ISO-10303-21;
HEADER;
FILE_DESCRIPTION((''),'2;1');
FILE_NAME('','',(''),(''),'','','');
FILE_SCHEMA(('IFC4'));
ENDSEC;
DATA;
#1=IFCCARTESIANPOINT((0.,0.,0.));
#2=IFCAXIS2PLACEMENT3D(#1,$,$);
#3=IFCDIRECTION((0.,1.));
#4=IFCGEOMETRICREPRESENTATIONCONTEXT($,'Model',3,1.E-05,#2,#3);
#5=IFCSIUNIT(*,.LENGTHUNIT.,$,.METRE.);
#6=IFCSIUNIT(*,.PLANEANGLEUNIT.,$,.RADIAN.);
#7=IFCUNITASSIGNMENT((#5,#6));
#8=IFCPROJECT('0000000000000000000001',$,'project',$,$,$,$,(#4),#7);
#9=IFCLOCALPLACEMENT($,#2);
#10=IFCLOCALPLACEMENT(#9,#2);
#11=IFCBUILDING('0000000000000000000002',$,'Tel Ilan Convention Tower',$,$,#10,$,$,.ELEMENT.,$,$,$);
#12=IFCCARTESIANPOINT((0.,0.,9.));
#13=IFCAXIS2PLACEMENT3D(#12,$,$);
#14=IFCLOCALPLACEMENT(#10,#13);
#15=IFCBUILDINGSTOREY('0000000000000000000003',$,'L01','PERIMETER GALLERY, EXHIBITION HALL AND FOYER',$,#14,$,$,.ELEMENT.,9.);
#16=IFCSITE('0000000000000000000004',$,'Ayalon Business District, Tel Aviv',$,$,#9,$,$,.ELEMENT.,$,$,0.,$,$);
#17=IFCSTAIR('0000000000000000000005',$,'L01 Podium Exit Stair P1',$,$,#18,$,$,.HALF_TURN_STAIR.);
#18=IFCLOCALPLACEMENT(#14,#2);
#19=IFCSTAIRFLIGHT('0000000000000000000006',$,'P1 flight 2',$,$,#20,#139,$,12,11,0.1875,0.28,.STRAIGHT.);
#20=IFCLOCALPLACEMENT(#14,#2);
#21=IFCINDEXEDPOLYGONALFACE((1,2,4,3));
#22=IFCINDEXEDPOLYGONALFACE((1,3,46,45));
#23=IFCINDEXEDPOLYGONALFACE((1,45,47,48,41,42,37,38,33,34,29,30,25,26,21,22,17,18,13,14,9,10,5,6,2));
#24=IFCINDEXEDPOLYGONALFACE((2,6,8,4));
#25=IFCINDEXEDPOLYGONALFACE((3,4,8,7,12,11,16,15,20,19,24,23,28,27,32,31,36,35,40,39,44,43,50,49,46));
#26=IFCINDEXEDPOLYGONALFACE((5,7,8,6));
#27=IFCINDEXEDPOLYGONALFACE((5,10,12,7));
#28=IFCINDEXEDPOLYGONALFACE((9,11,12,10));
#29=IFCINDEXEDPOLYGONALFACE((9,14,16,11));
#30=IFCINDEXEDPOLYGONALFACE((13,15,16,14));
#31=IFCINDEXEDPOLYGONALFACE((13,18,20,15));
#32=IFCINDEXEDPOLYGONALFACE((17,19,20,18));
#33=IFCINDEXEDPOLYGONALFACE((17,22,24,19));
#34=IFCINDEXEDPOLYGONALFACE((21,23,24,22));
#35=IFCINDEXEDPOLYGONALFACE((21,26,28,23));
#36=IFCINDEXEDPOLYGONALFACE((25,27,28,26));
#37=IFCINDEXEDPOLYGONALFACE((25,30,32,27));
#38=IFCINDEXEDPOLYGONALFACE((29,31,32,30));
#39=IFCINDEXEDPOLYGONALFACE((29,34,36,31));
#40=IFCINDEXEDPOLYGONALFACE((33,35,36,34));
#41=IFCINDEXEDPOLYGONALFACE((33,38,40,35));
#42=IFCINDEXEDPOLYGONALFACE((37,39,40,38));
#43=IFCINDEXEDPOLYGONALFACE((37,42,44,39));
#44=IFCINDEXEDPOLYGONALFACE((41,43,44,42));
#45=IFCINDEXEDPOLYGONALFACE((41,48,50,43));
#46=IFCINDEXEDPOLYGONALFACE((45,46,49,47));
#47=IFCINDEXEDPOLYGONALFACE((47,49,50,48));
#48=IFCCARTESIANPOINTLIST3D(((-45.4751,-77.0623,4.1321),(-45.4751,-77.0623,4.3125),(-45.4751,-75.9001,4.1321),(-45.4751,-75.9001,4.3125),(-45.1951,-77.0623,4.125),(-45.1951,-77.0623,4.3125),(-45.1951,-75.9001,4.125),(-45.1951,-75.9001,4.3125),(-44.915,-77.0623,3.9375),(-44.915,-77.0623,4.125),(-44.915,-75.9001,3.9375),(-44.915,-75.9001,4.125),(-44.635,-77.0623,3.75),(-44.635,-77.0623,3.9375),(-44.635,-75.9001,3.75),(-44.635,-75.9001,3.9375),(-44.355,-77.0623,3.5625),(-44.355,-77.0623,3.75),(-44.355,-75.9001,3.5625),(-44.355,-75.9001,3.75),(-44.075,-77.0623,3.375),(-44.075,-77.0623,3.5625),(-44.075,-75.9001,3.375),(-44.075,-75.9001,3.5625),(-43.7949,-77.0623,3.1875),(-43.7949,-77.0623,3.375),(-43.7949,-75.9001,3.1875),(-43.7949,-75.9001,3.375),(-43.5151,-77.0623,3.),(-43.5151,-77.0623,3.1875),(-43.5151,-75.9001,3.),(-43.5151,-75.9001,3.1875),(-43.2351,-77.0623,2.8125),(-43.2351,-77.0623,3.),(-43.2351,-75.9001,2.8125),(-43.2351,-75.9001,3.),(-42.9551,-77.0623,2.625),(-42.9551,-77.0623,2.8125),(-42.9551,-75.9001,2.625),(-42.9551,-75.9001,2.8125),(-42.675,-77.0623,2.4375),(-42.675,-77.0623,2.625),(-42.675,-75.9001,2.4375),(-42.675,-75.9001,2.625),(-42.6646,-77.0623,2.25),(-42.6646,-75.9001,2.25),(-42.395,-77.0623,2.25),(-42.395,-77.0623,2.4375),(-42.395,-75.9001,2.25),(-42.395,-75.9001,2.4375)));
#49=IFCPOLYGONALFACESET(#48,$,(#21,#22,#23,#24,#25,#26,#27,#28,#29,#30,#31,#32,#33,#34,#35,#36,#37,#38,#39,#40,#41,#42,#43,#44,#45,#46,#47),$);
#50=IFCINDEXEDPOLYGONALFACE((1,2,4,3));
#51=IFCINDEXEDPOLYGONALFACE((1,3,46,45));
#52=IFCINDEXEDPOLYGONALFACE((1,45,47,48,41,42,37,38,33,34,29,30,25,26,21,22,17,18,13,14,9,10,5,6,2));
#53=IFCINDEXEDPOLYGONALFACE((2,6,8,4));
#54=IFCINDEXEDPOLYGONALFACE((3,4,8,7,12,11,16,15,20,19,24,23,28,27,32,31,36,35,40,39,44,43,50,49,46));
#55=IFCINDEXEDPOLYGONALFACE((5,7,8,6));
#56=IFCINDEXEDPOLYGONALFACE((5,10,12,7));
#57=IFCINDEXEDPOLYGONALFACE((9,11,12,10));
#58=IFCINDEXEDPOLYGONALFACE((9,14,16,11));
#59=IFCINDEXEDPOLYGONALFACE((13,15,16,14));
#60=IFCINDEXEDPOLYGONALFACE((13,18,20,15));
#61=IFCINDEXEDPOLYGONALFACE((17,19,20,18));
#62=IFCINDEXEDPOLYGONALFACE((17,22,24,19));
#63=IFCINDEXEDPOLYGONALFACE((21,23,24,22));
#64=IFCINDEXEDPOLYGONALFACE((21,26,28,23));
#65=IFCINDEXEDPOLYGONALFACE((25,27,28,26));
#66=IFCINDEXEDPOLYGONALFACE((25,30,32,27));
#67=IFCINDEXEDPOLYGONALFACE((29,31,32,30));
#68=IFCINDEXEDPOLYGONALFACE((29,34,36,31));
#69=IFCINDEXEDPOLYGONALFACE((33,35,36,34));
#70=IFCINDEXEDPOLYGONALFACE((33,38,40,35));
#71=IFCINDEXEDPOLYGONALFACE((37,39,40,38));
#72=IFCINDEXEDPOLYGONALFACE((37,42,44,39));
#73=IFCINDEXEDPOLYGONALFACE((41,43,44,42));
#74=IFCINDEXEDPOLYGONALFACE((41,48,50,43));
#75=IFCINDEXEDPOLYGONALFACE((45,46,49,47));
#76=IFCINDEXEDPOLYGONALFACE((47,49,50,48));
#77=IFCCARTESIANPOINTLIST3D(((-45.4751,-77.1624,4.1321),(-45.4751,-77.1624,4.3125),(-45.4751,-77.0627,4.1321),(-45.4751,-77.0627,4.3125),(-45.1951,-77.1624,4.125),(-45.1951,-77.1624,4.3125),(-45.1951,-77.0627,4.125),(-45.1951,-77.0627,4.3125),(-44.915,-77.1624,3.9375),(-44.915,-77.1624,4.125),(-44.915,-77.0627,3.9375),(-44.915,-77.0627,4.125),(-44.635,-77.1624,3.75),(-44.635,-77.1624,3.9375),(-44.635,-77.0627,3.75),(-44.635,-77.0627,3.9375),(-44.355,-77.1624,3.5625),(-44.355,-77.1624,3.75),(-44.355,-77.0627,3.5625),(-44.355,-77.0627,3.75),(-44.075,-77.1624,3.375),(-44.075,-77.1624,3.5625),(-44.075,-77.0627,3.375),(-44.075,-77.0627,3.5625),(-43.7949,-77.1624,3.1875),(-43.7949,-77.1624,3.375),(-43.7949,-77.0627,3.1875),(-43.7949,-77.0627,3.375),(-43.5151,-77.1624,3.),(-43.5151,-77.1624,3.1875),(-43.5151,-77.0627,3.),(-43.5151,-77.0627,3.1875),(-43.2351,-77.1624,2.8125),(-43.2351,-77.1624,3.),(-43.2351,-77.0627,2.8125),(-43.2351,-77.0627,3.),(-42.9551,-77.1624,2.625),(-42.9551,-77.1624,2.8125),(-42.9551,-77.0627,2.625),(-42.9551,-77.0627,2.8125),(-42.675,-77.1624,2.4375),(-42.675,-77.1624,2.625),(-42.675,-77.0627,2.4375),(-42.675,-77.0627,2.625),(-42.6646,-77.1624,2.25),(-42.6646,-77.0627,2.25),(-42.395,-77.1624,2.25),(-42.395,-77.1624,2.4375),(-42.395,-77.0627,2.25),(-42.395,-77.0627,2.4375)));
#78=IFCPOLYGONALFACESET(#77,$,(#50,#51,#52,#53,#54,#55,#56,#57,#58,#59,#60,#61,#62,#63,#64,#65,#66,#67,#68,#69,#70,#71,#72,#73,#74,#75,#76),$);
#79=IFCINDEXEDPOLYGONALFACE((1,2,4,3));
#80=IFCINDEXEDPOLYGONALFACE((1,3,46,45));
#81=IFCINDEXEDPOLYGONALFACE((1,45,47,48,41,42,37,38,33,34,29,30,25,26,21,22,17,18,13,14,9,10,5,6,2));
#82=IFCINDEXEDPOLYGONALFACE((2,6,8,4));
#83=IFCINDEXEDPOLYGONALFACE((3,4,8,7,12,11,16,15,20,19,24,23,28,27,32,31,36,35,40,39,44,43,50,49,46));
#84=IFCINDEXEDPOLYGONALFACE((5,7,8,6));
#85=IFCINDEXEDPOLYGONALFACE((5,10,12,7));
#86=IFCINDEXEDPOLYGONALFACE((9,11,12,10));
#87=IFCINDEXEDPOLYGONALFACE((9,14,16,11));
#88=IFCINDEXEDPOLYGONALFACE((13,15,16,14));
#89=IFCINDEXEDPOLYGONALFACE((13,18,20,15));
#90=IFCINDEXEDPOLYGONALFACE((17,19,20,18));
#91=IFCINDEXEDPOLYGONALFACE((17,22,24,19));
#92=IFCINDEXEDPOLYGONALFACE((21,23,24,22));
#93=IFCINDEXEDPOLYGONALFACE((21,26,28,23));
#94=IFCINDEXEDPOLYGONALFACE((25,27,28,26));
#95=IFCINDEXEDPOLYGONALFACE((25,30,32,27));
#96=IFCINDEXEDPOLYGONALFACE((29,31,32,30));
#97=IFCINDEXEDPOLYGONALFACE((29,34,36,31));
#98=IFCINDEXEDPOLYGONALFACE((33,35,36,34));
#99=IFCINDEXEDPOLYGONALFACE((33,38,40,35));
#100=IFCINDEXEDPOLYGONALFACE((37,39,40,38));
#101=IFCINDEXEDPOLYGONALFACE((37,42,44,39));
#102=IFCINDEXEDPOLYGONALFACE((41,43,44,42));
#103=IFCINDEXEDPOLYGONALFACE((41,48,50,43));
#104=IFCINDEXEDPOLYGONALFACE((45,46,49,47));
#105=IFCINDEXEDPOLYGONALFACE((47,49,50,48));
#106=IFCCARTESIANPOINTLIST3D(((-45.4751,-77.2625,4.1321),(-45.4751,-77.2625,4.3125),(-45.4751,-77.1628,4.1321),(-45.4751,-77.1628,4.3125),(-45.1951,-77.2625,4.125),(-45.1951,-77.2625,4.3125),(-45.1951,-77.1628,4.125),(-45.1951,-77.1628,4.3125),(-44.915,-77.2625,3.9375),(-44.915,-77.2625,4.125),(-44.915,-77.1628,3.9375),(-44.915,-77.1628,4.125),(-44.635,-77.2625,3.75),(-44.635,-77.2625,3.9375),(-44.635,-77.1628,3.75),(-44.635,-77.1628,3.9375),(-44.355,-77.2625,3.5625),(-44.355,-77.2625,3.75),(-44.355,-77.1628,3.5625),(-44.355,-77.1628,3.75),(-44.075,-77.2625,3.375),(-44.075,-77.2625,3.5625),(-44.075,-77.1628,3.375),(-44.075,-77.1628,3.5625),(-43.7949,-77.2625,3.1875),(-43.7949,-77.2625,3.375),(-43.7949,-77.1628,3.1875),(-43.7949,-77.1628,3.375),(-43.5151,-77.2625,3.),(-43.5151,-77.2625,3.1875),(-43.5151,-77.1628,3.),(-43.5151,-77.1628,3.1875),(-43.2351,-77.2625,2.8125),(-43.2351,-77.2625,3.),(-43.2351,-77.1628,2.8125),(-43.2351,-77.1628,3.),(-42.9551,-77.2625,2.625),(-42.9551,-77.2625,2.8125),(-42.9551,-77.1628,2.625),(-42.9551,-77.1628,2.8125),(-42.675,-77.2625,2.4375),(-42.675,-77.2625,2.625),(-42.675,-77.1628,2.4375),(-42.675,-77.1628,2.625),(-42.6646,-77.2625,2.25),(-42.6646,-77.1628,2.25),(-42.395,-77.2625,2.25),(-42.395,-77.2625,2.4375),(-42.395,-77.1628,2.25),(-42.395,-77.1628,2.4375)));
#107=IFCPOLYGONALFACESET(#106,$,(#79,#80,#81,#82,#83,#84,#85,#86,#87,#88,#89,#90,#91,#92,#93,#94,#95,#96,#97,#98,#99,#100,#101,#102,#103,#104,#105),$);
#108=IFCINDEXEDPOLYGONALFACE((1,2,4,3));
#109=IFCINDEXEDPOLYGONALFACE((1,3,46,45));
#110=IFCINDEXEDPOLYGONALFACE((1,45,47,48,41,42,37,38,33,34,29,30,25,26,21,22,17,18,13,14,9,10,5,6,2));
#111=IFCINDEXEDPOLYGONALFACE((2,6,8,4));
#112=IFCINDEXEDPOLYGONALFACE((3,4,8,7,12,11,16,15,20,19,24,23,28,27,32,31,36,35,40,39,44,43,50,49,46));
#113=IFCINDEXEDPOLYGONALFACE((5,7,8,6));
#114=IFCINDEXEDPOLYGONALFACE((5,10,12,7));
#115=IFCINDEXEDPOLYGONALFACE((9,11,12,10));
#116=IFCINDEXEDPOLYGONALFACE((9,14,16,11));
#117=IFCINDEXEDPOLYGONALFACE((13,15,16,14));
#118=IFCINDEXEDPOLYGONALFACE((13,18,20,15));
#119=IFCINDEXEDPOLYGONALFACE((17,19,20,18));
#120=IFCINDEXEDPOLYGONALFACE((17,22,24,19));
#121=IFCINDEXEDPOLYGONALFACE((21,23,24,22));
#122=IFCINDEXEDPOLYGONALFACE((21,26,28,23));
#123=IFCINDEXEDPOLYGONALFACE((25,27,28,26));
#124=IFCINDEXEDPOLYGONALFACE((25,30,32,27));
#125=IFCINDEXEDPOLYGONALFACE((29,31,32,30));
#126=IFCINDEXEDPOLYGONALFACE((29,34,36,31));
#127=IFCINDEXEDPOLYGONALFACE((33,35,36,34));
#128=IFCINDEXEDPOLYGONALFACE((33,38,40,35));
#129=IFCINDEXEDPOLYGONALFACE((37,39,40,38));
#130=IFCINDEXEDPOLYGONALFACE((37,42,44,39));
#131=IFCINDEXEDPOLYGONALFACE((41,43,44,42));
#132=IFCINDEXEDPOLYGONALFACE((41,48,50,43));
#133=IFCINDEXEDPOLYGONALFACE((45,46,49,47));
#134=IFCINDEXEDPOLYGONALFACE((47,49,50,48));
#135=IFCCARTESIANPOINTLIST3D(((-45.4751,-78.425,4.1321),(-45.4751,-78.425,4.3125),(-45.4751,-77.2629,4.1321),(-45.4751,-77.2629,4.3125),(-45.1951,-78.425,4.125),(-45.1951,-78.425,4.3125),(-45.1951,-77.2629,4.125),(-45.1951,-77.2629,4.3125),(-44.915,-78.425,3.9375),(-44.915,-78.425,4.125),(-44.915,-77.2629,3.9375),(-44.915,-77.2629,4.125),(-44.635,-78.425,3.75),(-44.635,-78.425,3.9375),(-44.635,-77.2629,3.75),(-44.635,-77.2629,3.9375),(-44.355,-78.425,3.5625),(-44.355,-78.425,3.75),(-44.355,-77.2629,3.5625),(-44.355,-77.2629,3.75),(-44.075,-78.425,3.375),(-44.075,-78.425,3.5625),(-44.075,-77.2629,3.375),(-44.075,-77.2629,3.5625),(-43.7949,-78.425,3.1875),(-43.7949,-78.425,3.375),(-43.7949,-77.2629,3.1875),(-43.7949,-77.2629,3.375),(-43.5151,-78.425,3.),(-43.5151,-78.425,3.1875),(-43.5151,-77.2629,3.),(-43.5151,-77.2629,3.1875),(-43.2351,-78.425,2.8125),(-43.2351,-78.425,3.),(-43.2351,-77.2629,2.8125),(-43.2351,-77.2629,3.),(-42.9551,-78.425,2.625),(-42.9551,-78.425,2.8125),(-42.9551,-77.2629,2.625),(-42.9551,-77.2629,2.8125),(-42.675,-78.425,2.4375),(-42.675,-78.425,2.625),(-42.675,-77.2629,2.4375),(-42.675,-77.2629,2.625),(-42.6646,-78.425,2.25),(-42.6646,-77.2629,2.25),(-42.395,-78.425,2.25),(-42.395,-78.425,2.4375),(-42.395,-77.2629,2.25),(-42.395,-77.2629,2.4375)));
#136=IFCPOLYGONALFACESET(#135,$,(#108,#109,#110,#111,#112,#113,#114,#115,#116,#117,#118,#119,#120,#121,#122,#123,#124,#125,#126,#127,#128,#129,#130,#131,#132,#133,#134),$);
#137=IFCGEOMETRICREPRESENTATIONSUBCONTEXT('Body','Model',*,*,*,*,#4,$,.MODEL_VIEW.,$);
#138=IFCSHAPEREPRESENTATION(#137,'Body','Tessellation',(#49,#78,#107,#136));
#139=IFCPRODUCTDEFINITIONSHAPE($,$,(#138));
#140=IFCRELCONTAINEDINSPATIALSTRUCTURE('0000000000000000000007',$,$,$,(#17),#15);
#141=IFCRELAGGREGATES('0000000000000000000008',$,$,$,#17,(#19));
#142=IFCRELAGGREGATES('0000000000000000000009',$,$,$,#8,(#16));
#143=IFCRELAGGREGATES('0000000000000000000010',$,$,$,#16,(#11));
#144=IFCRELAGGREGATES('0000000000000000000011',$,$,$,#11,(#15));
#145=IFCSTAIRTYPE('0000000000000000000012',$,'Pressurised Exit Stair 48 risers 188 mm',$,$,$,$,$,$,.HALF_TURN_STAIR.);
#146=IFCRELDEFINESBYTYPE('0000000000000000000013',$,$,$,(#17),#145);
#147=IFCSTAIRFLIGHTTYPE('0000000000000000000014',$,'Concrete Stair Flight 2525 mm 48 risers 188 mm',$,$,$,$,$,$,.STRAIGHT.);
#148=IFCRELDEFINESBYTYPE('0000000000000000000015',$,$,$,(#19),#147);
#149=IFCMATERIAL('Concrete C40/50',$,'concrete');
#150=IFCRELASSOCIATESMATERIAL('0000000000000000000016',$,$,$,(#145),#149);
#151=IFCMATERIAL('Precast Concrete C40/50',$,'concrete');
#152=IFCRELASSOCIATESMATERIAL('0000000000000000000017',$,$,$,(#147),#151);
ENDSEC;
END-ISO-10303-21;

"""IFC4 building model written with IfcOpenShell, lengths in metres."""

from ifc_helpers import new_model, si_unit, direction, frame, origin, place, context, subcontext, project, spatial, polyline, outline, extrude, material, type_object, element, aggregate, save


model = new_model("IFC4")

# Units and contexts
model_context = context("Model", 3, precision=1e-05, world=origin(), true_north=direction((0.0, 1.0)))
body_context = subcontext(model_context, "Body", "Model", "MODEL_VIEW")
ifc_project = project(units=[si_unit("LENGTHUNIT", "METRE"), si_unit("PLANEANGLEUNIT", "RADIAN")], contexts=[model_context])

# Site, building, storey
site_placement = place(None, origin())
site = spatial("IfcSite", under=ifc_project, at=site_placement, Name="Ayalon Business District, Tel Aviv", CompositionType="ELEMENT", RefElevation=0.0)
building_placement = place(site_placement, origin())
building = spatial("IfcBuilding", under=site, at=building_placement, Name="Tel Ilan Convention Tower", CompositionType="ELEMENT")
storey_placement = place(building_placement, frame((0.0, 0.0, 9.0)))
storey = spatial("IfcBuildingStorey", under=building, at=storey_placement, Name="L01", Description="PERIMETER GALLERY, EXHIBITION HALL AND FOYER", CompositionType="ELEMENT", Elevation=9.0)

# Stair, stair flight
ifc_material_1 = material(Name="Concrete C40/50", Category="concrete")
stair_type = type_object("IfcStairType", Name="Pressurised Exit Stair 48 risers 188 mm", PredefinedType="HALF_TURN_STAIR", material=ifc_material_1)
stair_placement = place(storey_placement, origin())
stair = element("IfcStair", 1, at=stair_placement, inside=storey, type_object=stair_type, Name="L01 Podium Exit Stair P1", PredefinedType="HALF_TURN_STAIR")
ifc_material_2 = material(Name="Precast Concrete C40/50", Category="concrete")
stair_flight_type = type_object("IfcStairFlightType", Name="Concrete Stair Flight 2525 mm 48 risers 188 mm", PredefinedType="STRAIGHT", material=ifc_material_2)
stair_flight_1_placement = place(storey_placement, frame((-42.395, -77.1626, 2.25), z_axis=(0.0, 0.0, 1.0), x_axis=(-1.0, 0.0, 0.0)))
stair_flight_1 = element("IfcStairFlight", 2, at=stair_flight_1_placement, type_object=stair_flight_type, Name="P1 flight 2", NumberOfRisers=12, NumberOfTreads=11, PredefinedType="STRAIGHT", RiserHeight=0.1875, TreadLength=0.28, context=body_context, shape_type="SweptSolid", body=[
    extrude(outline(polyline([(0.0, 0.0), (0.0, 0.1875), (0.28, 0.1875), (0.28, 0.375), (0.5601, 0.375), (0.5601, 0.5625), (0.8401, 0.5625), (0.8401, 0.75), (1.1201, 0.75), (1.1201, 0.9375), (1.3999, 0.9375), (1.3999, 1.125), (1.6799, 1.125), (1.6799, 1.3125), (1.96, 1.3125), (1.96, 1.5), (2.24, 1.5), (2.24, 1.6875), (2.52, 1.6875), (2.52, 1.875), (2.8, 1.875), (2.8, 2.0625), (3.0801, 2.0625), (3.0801, 2.25), (3.0801, 1.8821), (0.2695, 0.0), (0.0, 0.0)])), frame((0.0, -0.1003, 0.0), z_axis=(0.0, -1.0, 0.0), x_axis=(1.0, 0.0, 0.0)), (0.0, 0.0, 1.0), 1.1621),
    extrude(outline(polyline([(0.0, 0.0), (0.0, 0.1875), (0.28, 0.1875), (0.28, 0.375), (0.5601, 0.375), (0.5601, 0.5625), (0.8401, 0.5625), (0.8401, 0.75), (1.1201, 0.75), (1.1201, 0.9375), (1.3999, 0.9375), (1.3999, 1.125), (1.6799, 1.125), (1.6799, 1.3125), (1.96, 1.3125), (1.96, 1.5), (2.24, 1.5), (2.24, 1.6875), (2.52, 1.6875), (2.52, 1.875), (2.8, 1.875), (2.8, 2.0625), (3.0801, 2.0625), (3.0801, 2.25), (3.0801, 1.8821), (0.2695, 0.0), (0.0, 0.0)])), frame((0.0, -0.0002, 0.0), z_axis=(0.0, -1.0, 0.0), x_axis=(1.0, 0.0, 0.0)), (0.0, 0.0, 1.0), 0.0996),
    extrude(outline(polyline([(0.0, 0.0), (0.0, 0.1875), (0.28, 0.1875), (0.28, 0.375), (0.5601, 0.375), (0.5601, 0.5625), (0.8401, 0.5625), (0.8401, 0.75), (1.1201, 0.75), (1.1201, 0.9375), (1.3999, 0.9375), (1.3999, 1.125), (1.6799, 1.125), (1.6799, 1.3125), (1.96, 1.3125), (1.96, 1.5), (2.24, 1.5), (2.24, 1.6875), (2.52, 1.6875), (2.52, 1.875), (2.8, 1.875), (2.8, 2.0625), (3.0801, 2.0625), (3.0801, 2.25), (3.0801, 1.8821), (0.2695, 0.0), (0.0, 0.0)])), frame((0.0, 0.0999, 0.0), z_axis=(0.0, -1.0, 0.0), x_axis=(1.0, 0.0, 0.0)), (0.0, 0.0, 1.0), 0.0996),
    extrude(outline(polyline([(0.0, 0.0), (0.0, 0.1875), (0.28, 0.1875), (0.28, 0.375), (0.5601, 0.375), (0.5601, 0.5625), (0.8401, 0.5625), (0.8401, 0.75), (1.1201, 0.75), (1.1201, 0.9375), (1.3999, 0.9375), (1.3999, 1.125), (1.6799, 1.125), (1.6799, 1.3125), (1.96, 1.3125), (1.96, 1.5), (2.24, 1.5), (2.24, 1.6875), (2.52, 1.6875), (2.52, 1.875), (2.8, 1.875), (2.8, 2.0625), (3.0801, 2.0625), (3.0801, 2.25), (3.0801, 1.8821), (0.2695, 0.0), (0.0, 0.0)])), frame((0.0, 1.2625, 0.0), z_axis=(0.0, -1.0, 0.0), x_axis=(1.0, 0.0, 0.0)), (0.0, 0.0, 1.0), 1.1621),
])
aggregate(stair, [stair_flight_1])

save(model, "model.ifc")
